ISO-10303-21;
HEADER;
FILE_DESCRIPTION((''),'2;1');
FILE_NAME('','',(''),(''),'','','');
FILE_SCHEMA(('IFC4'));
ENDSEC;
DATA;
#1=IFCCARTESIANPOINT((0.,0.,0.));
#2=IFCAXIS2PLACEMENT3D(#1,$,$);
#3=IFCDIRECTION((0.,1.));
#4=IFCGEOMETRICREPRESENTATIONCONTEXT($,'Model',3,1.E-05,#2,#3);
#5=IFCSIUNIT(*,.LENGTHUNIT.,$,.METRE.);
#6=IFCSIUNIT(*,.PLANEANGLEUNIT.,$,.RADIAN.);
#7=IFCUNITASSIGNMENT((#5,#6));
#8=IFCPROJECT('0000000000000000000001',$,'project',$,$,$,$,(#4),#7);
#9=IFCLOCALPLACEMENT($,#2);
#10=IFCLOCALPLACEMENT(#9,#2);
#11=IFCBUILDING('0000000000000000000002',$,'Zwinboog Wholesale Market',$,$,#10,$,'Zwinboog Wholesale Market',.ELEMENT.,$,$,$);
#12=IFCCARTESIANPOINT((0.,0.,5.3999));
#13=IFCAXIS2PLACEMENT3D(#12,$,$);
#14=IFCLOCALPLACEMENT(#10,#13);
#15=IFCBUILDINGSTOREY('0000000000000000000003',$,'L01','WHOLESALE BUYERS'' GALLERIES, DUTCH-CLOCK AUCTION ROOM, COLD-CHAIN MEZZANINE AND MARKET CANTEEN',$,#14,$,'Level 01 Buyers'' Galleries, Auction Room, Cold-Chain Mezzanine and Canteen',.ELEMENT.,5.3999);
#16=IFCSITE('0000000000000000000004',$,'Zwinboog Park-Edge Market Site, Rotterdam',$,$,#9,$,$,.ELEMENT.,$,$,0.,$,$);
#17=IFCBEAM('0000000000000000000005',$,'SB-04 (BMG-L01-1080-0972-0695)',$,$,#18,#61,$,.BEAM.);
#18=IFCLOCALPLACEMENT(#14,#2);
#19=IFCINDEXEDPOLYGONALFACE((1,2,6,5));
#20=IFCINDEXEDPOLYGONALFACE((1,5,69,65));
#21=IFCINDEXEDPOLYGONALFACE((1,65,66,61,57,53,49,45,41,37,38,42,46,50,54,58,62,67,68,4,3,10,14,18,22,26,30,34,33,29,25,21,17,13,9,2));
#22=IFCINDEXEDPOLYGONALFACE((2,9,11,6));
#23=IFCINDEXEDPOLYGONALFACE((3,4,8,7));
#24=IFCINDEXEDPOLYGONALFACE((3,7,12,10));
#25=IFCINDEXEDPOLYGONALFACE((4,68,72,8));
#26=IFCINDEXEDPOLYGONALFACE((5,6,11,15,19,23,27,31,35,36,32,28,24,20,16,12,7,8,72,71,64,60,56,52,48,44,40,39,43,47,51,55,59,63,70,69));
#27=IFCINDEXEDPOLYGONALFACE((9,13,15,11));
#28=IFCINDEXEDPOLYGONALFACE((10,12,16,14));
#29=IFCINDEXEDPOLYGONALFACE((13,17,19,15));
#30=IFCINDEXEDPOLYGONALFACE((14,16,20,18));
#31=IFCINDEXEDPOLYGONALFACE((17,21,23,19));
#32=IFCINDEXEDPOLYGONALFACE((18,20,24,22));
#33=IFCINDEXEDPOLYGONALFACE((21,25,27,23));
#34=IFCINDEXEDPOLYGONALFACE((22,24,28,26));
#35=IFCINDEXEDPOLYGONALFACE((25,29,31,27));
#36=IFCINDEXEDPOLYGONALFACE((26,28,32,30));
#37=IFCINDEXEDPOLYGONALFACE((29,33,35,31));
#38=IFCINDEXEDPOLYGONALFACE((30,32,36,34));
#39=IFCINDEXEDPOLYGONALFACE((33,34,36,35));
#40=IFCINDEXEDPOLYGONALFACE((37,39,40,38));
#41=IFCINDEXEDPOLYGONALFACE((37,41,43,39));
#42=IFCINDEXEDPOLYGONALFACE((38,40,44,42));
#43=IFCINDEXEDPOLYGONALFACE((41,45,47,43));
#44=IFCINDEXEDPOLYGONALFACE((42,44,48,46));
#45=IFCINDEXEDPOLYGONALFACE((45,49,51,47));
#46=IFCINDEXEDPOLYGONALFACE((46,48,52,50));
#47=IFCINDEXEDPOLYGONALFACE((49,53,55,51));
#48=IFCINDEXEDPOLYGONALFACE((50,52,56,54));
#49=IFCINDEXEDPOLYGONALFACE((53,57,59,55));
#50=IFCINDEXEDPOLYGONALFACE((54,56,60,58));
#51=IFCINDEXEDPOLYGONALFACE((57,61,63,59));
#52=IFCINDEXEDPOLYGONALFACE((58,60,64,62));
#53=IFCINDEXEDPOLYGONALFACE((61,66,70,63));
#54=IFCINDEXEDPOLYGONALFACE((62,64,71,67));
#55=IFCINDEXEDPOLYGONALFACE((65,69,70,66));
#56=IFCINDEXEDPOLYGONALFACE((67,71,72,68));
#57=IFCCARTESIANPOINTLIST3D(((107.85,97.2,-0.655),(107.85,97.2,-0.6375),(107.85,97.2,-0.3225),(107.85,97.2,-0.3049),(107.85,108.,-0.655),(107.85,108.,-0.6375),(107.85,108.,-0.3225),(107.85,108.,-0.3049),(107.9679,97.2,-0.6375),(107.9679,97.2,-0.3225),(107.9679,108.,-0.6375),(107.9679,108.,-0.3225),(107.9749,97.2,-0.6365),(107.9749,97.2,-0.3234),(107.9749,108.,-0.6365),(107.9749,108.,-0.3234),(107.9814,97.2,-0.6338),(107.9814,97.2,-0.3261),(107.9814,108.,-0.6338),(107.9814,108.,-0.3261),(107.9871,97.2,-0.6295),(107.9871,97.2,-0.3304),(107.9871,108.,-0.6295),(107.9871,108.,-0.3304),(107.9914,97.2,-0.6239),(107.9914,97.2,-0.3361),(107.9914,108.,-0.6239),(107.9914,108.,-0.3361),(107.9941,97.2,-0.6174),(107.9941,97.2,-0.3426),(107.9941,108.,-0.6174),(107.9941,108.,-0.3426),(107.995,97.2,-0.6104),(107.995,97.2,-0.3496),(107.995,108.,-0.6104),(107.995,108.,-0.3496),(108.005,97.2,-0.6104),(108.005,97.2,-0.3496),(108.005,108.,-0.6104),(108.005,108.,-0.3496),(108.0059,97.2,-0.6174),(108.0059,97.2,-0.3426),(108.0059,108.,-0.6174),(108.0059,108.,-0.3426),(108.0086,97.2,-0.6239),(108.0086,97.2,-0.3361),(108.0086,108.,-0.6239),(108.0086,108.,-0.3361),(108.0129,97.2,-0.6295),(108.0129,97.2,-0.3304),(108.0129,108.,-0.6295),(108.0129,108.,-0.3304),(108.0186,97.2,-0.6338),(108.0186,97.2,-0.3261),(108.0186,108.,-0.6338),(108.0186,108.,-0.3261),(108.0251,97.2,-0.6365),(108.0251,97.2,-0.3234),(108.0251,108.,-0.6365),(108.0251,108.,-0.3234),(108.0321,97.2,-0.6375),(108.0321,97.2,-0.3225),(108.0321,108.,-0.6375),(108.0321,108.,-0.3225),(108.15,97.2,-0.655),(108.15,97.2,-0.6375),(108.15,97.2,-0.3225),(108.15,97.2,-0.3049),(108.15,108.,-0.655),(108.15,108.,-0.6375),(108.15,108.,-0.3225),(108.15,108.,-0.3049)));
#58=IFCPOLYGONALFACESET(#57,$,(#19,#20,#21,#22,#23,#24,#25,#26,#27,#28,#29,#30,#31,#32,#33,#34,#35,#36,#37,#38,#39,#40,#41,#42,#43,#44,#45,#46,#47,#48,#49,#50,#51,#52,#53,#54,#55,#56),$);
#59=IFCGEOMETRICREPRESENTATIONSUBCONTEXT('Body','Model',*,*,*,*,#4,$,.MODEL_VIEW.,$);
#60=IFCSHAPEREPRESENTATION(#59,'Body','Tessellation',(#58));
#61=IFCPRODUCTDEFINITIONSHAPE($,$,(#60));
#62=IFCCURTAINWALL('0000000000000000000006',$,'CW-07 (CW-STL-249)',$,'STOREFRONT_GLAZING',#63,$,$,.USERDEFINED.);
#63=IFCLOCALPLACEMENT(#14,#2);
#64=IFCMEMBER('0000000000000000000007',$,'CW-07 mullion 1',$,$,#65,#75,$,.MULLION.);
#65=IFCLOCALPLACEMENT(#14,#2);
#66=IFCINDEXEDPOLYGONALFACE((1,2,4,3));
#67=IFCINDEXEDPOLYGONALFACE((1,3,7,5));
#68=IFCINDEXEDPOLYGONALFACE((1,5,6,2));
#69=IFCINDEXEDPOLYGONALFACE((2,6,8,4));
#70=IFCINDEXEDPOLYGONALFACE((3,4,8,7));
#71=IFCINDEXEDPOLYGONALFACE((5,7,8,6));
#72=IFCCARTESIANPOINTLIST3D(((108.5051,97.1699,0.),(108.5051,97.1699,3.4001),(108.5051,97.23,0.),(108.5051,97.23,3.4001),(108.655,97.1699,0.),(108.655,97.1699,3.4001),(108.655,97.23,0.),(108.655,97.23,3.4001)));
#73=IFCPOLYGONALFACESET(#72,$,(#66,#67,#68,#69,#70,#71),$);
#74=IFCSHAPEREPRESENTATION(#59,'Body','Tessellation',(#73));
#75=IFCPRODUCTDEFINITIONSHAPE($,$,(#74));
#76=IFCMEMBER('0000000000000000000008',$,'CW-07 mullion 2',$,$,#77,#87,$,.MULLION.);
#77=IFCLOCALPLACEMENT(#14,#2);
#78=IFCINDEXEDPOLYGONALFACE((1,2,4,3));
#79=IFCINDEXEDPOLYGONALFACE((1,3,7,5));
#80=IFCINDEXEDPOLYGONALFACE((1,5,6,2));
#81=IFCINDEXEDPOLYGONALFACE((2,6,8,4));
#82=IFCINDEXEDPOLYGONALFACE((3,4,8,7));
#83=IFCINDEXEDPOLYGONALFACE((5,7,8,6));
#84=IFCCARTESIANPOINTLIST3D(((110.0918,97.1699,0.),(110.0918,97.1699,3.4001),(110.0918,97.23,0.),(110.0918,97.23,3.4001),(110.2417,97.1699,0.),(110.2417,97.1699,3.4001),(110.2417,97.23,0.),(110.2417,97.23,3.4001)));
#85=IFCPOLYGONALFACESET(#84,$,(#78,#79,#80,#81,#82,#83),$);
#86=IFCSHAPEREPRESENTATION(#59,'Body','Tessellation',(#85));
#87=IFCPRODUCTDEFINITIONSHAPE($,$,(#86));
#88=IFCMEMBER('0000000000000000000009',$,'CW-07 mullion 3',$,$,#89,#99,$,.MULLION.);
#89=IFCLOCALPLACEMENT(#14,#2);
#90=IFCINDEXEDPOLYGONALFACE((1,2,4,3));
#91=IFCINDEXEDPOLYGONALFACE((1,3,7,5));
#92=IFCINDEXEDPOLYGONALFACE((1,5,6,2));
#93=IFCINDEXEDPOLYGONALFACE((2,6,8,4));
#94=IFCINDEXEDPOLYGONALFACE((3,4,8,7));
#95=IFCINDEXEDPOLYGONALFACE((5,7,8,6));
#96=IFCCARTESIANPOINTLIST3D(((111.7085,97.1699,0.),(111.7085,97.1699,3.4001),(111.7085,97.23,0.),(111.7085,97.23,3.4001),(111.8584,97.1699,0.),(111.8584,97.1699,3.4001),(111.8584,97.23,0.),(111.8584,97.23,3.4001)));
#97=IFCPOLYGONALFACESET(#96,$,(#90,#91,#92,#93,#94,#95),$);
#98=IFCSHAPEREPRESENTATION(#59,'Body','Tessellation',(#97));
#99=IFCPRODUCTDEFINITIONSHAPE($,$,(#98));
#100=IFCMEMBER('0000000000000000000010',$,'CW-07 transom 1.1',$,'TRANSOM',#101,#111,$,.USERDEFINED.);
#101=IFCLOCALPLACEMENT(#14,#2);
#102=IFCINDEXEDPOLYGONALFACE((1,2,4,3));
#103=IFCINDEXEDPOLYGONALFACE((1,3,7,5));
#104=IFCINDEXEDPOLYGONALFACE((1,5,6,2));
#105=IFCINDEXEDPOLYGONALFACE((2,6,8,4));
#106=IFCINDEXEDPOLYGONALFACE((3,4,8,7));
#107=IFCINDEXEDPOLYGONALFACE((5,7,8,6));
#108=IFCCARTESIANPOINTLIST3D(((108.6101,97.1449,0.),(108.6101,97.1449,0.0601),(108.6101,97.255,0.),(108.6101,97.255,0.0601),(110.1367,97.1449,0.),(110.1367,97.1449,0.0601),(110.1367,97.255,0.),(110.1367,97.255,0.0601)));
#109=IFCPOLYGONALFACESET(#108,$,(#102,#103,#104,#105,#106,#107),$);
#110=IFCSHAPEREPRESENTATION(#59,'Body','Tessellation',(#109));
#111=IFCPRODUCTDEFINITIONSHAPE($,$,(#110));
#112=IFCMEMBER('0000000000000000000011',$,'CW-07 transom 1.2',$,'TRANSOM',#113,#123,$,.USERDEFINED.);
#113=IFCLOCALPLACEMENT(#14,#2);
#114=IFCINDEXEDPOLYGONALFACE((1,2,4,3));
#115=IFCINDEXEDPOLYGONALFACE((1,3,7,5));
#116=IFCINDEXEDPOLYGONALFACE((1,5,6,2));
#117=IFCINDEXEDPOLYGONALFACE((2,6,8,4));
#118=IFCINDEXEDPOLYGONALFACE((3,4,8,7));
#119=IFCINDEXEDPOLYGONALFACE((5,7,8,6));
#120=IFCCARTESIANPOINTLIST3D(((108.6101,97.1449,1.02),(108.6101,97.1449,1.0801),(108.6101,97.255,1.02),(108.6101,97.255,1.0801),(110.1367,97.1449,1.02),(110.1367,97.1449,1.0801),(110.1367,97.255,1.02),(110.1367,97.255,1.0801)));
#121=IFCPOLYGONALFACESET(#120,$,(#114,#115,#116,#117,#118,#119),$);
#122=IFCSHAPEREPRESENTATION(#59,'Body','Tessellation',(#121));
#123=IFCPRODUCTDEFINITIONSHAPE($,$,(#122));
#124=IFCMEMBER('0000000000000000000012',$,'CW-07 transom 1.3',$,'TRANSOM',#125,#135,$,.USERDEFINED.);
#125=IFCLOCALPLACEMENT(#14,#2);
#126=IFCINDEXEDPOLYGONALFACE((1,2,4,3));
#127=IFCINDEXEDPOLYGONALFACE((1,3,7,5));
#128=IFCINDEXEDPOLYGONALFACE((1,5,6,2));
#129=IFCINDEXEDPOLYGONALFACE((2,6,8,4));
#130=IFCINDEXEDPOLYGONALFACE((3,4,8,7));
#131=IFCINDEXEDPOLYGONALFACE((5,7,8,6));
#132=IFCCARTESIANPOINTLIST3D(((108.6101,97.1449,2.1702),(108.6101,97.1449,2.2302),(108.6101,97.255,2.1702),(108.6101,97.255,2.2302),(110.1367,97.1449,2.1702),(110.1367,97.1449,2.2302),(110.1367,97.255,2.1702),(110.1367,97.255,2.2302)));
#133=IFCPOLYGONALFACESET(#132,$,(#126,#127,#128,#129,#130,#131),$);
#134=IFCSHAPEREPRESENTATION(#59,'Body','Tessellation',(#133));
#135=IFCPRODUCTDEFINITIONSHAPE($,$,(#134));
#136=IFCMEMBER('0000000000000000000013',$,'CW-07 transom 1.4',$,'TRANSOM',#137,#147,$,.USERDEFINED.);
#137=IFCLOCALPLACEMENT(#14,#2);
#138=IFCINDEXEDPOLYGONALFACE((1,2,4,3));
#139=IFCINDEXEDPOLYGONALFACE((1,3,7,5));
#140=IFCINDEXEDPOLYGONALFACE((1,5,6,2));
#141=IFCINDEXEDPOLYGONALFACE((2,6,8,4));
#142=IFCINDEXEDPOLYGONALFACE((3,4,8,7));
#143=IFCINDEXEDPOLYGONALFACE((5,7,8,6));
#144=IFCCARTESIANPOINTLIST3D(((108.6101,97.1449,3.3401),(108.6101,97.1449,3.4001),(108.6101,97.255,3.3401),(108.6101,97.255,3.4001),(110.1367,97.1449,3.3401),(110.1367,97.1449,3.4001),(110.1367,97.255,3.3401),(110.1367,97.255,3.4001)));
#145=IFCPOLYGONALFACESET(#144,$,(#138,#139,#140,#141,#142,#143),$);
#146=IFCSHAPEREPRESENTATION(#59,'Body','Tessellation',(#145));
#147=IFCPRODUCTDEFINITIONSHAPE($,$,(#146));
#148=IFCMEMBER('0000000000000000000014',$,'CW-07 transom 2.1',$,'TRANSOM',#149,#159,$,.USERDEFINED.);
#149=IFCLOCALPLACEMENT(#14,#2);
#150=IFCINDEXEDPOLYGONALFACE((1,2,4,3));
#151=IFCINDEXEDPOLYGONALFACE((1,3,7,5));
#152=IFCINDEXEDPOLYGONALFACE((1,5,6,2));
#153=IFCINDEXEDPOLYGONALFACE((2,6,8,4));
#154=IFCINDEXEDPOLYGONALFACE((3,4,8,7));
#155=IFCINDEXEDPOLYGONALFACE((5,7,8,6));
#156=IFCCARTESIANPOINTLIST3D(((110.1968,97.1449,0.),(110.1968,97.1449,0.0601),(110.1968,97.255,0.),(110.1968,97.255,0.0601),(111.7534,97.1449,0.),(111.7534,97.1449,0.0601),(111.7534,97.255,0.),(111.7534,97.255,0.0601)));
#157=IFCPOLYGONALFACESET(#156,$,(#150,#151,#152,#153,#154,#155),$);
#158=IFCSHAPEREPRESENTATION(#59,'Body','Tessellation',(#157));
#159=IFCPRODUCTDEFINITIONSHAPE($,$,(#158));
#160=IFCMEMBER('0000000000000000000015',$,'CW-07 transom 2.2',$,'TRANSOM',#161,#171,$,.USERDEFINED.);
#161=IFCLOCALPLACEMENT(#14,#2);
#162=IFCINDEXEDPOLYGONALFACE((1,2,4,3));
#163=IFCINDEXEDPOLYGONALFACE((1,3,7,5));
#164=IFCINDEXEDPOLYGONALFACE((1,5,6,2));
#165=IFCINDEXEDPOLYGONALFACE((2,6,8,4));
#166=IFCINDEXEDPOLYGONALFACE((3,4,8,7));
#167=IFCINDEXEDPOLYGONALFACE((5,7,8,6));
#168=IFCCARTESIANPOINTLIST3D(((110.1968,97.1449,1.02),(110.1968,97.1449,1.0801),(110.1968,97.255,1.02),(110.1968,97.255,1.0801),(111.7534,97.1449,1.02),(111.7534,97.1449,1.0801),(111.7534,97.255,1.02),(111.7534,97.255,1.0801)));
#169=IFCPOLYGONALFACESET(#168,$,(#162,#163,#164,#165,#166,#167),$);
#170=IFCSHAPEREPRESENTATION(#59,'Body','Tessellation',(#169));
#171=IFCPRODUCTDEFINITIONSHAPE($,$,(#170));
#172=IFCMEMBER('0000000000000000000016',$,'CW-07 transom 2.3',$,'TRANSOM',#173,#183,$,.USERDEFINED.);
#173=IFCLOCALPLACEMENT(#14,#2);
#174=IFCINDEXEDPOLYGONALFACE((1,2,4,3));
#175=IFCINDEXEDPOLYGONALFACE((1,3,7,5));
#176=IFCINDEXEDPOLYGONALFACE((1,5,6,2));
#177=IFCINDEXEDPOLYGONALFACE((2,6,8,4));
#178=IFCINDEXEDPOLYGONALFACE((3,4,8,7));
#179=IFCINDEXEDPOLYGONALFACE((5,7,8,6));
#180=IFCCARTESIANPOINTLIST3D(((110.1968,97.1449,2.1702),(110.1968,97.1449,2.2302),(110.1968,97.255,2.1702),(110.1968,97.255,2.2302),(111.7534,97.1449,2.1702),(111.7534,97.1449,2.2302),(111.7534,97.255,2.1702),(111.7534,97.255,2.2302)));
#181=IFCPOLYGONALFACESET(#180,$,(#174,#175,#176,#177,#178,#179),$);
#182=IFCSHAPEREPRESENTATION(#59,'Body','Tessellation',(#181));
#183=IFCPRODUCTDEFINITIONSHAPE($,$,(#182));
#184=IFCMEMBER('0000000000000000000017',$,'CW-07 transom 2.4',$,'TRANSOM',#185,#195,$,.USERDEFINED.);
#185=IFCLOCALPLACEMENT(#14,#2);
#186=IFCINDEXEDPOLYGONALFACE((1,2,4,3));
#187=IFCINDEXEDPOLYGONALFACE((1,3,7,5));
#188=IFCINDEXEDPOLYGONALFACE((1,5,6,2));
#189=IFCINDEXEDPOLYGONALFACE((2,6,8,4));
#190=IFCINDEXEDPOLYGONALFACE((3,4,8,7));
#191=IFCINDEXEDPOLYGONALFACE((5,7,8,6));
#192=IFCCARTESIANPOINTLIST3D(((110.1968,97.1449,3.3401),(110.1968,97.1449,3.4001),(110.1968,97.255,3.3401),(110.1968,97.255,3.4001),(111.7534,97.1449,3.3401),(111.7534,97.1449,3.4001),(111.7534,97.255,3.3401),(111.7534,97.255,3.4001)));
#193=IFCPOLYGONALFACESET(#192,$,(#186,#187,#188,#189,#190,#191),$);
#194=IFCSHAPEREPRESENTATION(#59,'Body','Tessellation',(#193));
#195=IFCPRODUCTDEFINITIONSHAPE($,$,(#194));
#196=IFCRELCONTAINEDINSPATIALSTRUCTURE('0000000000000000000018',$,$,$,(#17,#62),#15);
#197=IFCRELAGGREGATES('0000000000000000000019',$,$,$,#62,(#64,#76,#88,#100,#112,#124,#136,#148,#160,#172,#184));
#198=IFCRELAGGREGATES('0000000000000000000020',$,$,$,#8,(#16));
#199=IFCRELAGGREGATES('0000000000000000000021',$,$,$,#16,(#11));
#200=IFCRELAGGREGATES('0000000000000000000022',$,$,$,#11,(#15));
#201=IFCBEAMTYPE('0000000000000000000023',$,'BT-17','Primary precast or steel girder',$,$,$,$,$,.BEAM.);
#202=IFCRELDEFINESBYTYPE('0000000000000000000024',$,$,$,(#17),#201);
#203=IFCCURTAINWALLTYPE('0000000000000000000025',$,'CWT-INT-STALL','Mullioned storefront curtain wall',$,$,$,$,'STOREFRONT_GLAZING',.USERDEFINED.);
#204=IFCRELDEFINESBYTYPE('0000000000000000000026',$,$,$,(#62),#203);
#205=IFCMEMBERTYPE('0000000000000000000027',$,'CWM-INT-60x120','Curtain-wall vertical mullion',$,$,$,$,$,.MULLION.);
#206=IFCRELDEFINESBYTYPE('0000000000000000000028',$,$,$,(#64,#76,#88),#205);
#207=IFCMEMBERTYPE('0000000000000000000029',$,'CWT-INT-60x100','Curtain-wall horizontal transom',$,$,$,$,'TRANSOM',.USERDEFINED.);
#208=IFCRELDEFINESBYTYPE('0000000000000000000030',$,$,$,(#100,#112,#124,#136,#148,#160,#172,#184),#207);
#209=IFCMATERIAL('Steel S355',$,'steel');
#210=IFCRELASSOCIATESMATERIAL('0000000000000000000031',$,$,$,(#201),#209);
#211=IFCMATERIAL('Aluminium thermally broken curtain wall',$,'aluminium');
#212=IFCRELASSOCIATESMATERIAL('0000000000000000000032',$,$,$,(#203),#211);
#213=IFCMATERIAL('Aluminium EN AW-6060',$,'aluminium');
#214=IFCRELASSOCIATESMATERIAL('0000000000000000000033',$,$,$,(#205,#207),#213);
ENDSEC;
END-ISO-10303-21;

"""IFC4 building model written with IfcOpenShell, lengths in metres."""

from ifc_helpers import new_model, si_unit, direction, frame, origin, origin_2d, place, context, subcontext, project, spatial, rectangle, i_section, extrude, material, material_profile, profile_set, type_object, element, aggregate, save


model = new_model("IFC4")

# Units and contexts
model_context = context("Model", 3, precision=1e-05, world=origin(), true_north=direction((0.0, 1.0)))
body_context = subcontext(model_context, "Body", "Model", "MODEL_VIEW")
ifc_project = project(units=[si_unit("LENGTHUNIT", "METRE"), si_unit("PLANEANGLEUNIT", "RADIAN")], contexts=[model_context])

# Site, building, storey
site_placement = place(None, origin())
site = spatial("IfcSite", under=ifc_project, at=site_placement, Name="Zwinboog Park-Edge Market Site, Rotterdam", CompositionType="ELEMENT", RefElevation=0.0)
building_placement = place(site_placement, origin())
building = spatial("IfcBuilding", under=site, at=building_placement, Name="Zwinboog Wholesale Market", LongName="Zwinboog Wholesale Market", CompositionType="ELEMENT")
storey_placement = place(building_placement, frame((0.0, 0.0, 5.3999)))
storey = spatial("IfcBuildingStorey", under=building, at=storey_placement, Name="L01", Description="WHOLESALE BUYERS' GALLERIES, DUTCH-CLOCK AUCTION ROOM, COLD-CHAIN MEZZANINE AND MARKET CANTEEN", LongName="Level 01 Buyers' Galleries, Auction Room, Cold-Chain Mezzanine and Canteen", CompositionType="ELEMENT", Elevation=5.3999)

# Beam
ifc_material_1 = material(Name="Steel S355", Category="steel")
ifc_material_profile_1 = material_profile(ifc_material_1, i_section(OverallWidth=0.3, OverallDepth=0.3501, WebThickness=0.01, FlangeThickness=0.0176, FilletRadius=0.0271, at=origin_2d()), Name="HEA 360")
ifc_profile_set_1 = profile_set([ifc_material_profile_1], Name="Steel S355")
beam_type = type_object("IfcBeamType", Name="BT-17", Description="Primary precast or steel girder", PredefinedType="BEAM", material=ifc_profile_set_1)
beam_placement = place(storey_placement, frame((108.0, 97.2, -0.48), z_axis=(0.0, 1.0, 0.0), x_axis=(-1.0, 0.0, 0.0)))
element("IfcBeam", 1, at=beam_placement, inside=storey, type_object=beam_type, Name="SB-04 (BMG-L01-1080-0972-0695)", PredefinedType="BEAM", context=body_context, shape_type="SweptSolid", body=[
    extrude(i_section(OverallWidth=0.3, OverallDepth=0.3501, WebThickness=0.01, FlangeThickness=0.0176, FilletRadius=0.0271, at=origin_2d()), origin(), (0.0, 0.0, 1.0), 10.8),
])

# Curtain wall, members
ifc_material_2 = material(Name="Aluminium thermally broken curtain wall", Category="aluminium")
curtain_wall_type = type_object("IfcCurtainWallType", Name="CWT-INT-STALL", Description="Mullioned storefront curtain wall", ElementType="STOREFRONT_GLAZING", PredefinedType="USERDEFINED", material=ifc_material_2)
curtain_wall_placement = place(storey_placement, origin())
curtain_wall = element("IfcCurtainWall", 2, at=curtain_wall_placement, inside=storey, type_object=curtain_wall_type, Name="CW-07 (CW-STL-249)", ObjectType="STOREFRONT_GLAZING", PredefinedType="USERDEFINED")
ifc_material_3 = material(Name="Aluminium EN AW-6060", Category="aluminium")
ifc_material_profile_2 = material_profile(ifc_material_3, rectangle(XDim=0.0601, YDim=0.1499, at=origin_2d()), Name="AL 60x150")
ifc_profile_set_2 = profile_set([ifc_material_profile_2], Name="Aluminium EN AW-6060")
member_type_1 = type_object("IfcMemberType", Name="CWM-INT-60x120", Description="Curtain-wall vertical mullion", PredefinedType="MULLION", material=ifc_profile_set_2)
member_1_placement = place(storey_placement, frame((108.5801, 97.2, 0.0), z_axis=(0.0, 0.0, 1.0), x_axis=(0.0, 1.0, 0.0)))
member_1 = element("IfcMember", 3, at=member_1_placement, type_object=member_type_1, Name="CW-07 mullion 1", PredefinedType="MULLION", context=body_context, shape_type="SweptSolid", body=[
    extrude(rectangle(XDim=0.0601, YDim=0.1499, at=origin_2d()), origin(), (0.0, 0.0, 1.0), 3.4001),
])
member_2_placement = place(storey_placement, frame((110.1667, 97.2, 0.0), z_axis=(0.0, 0.0, 1.0), x_axis=(0.0, 1.0, 0.0)))
member_2 = element("IfcMember", 4, at=member_2_placement, type_object=member_type_1, Name="CW-07 mullion 2", PredefinedType="MULLION", context=body_context, shape_type="SweptSolid", body=[
    extrude(rectangle(XDim=0.0601, YDim=0.1499, at=origin_2d()), origin(), (0.0, 0.0, 1.0), 3.4001),
])
member_3_placement = place(storey_placement, frame((111.7834, 97.2, 0.0), z_axis=(0.0, 0.0, 1.0), x_axis=(0.0, 1.0, 0.0)))
member_3 = element("IfcMember", 5, at=member_3_placement, type_object=member_type_1, Name="CW-07 mullion 3", PredefinedType="MULLION", context=body_context, shape_type="SweptSolid", body=[
    extrude(rectangle(XDim=0.0601, YDim=0.1499, at=origin_2d()), origin(), (0.0, 0.0, 1.0), 3.4001),
])
ifc_material_profile_3 = material_profile(ifc_material_3, rectangle(XDim=0.1101, YDim=0.0601, at=origin_2d()), Name="AL 60x110")
ifc_profile_set_3 = profile_set([ifc_material_profile_3], Name="Aluminium EN AW-6060")
member_type_2 = type_object("IfcMemberType", Name="CWT-INT-60x100", Description="Curtain-wall horizontal transom", ElementType="TRANSOM", PredefinedType="USERDEFINED", material=ifc_profile_set_3)
member_4_placement = place(storey_placement, frame((108.6101, 97.2, 0.03), z_axis=(1.0, 0.0, 0.0), x_axis=(0.0, 1.0, 0.0)))
member_4 = element("IfcMember", 6, at=member_4_placement, type_object=member_type_2, Name="CW-07 transom 1.1", ObjectType="TRANSOM", PredefinedType="USERDEFINED", context=body_context, shape_type="SweptSolid", body=[
    extrude(rectangle(XDim=0.1101, YDim=0.0601, at=origin_2d()), origin(), (0.0, 0.0, 1.0), 1.5266),
])
member_5_placement = place(storey_placement, frame((108.6101, 97.2, 1.05), z_axis=(1.0, 0.0, 0.0), x_axis=(0.0, 1.0, 0.0)))
member_5 = element("IfcMember", 7, at=member_5_placement, type_object=member_type_2, Name="CW-07 transom 1.2", ObjectType="TRANSOM", PredefinedType="USERDEFINED", context=body_context, shape_type="SweptSolid", body=[
    extrude(rectangle(XDim=0.1101, YDim=0.0601, at=origin_2d()), origin(), (0.0, 0.0, 1.0), 1.5266),
])
member_6_placement = place(storey_placement, frame((108.6101, 97.2, 2.2002), z_axis=(1.0, 0.0, 0.0), x_axis=(0.0, 1.0, 0.0)))
member_6 = element("IfcMember", 8, at=member_6_placement, type_object=member_type_2, Name="CW-07 transom 1.3", ObjectType="TRANSOM", PredefinedType="USERDEFINED", context=body_context, shape_type="SweptSolid", body=[
    extrude(rectangle(XDim=0.1101, YDim=0.0601, at=origin_2d()), origin(), (0.0, 0.0, 1.0), 1.5266),
])
member_7_placement = place(storey_placement, frame((108.6101, 97.2, 3.3701), z_axis=(1.0, 0.0, 0.0), x_axis=(0.0, 1.0, 0.0)))
member_7 = element("IfcMember", 9, at=member_7_placement, type_object=member_type_2, Name="CW-07 transom 1.4", ObjectType="TRANSOM", PredefinedType="USERDEFINED", context=body_context, shape_type="SweptSolid", body=[
    extrude(rectangle(XDim=0.1101, YDim=0.0601, at=origin_2d()), origin(), (0.0, 0.0, 1.0), 1.5266),
])
member_8_placement = place(storey_placement, frame((110.1968, 97.2, 0.03), z_axis=(1.0, 0.0, 0.0), x_axis=(0.0, 1.0, 0.0)))
member_8 = element("IfcMember", 10, at=member_8_placement, type_object=member_type_2, Name="CW-07 transom 2.1", ObjectType="TRANSOM", PredefinedType="USERDEFINED", context=body_context, shape_type="SweptSolid", body=[
    extrude(rectangle(XDim=0.1101, YDim=0.0601, at=origin_2d()), origin(), (0.0, 0.0, 1.0), 1.5566),
])
member_9_placement = place(storey_placement, frame((110.1968, 97.2, 1.05), z_axis=(1.0, 0.0, 0.0), x_axis=(0.0, 1.0, 0.0)))
member_9 = element("IfcMember", 11, at=member_9_placement, type_object=member_type_2, Name="CW-07 transom 2.2", ObjectType="TRANSOM", PredefinedType="USERDEFINED", context=body_context, shape_type="SweptSolid", body=[
    extrude(rectangle(XDim=0.1101, YDim=0.0601, at=origin_2d()), origin(), (0.0, 0.0, 1.0), 1.5566),
])
member_10_placement = place(storey_placement, frame((110.1968, 97.2, 2.2002), z_axis=(1.0, 0.0, 0.0), x_axis=(0.0, 1.0, 0.0)))
member_10 = element("IfcMember", 12, at=member_10_placement, type_object=member_type_2, Name="CW-07 transom 2.3", ObjectType="TRANSOM", PredefinedType="USERDEFINED", context=body_context, shape_type="SweptSolid", body=[
    extrude(rectangle(XDim=0.1101, YDim=0.0601, at=origin_2d()), origin(), (0.0, 0.0, 1.0), 1.5566),
])
member_11_placement = place(storey_placement, frame((110.1968, 97.2, 3.3701), z_axis=(1.0, 0.0, 0.0), x_axis=(0.0, 1.0, 0.0)))
member_11 = element("IfcMember", 13, at=member_11_placement, type_object=member_type_2, Name="CW-07 transom 2.4", ObjectType="TRANSOM", PredefinedType="USERDEFINED", context=body_context, shape_type="SweptSolid", body=[
    extrude(rectangle(XDim=0.1101, YDim=0.0601, at=origin_2d()), origin(), (0.0, 0.0, 1.0), 1.5566),
])
aggregate(curtain_wall, [member_1, member_2, member_3, member_4, member_5, member_6, member_7, member_8, member_9, member_10, member_11])

save(model, "model.ifc")
